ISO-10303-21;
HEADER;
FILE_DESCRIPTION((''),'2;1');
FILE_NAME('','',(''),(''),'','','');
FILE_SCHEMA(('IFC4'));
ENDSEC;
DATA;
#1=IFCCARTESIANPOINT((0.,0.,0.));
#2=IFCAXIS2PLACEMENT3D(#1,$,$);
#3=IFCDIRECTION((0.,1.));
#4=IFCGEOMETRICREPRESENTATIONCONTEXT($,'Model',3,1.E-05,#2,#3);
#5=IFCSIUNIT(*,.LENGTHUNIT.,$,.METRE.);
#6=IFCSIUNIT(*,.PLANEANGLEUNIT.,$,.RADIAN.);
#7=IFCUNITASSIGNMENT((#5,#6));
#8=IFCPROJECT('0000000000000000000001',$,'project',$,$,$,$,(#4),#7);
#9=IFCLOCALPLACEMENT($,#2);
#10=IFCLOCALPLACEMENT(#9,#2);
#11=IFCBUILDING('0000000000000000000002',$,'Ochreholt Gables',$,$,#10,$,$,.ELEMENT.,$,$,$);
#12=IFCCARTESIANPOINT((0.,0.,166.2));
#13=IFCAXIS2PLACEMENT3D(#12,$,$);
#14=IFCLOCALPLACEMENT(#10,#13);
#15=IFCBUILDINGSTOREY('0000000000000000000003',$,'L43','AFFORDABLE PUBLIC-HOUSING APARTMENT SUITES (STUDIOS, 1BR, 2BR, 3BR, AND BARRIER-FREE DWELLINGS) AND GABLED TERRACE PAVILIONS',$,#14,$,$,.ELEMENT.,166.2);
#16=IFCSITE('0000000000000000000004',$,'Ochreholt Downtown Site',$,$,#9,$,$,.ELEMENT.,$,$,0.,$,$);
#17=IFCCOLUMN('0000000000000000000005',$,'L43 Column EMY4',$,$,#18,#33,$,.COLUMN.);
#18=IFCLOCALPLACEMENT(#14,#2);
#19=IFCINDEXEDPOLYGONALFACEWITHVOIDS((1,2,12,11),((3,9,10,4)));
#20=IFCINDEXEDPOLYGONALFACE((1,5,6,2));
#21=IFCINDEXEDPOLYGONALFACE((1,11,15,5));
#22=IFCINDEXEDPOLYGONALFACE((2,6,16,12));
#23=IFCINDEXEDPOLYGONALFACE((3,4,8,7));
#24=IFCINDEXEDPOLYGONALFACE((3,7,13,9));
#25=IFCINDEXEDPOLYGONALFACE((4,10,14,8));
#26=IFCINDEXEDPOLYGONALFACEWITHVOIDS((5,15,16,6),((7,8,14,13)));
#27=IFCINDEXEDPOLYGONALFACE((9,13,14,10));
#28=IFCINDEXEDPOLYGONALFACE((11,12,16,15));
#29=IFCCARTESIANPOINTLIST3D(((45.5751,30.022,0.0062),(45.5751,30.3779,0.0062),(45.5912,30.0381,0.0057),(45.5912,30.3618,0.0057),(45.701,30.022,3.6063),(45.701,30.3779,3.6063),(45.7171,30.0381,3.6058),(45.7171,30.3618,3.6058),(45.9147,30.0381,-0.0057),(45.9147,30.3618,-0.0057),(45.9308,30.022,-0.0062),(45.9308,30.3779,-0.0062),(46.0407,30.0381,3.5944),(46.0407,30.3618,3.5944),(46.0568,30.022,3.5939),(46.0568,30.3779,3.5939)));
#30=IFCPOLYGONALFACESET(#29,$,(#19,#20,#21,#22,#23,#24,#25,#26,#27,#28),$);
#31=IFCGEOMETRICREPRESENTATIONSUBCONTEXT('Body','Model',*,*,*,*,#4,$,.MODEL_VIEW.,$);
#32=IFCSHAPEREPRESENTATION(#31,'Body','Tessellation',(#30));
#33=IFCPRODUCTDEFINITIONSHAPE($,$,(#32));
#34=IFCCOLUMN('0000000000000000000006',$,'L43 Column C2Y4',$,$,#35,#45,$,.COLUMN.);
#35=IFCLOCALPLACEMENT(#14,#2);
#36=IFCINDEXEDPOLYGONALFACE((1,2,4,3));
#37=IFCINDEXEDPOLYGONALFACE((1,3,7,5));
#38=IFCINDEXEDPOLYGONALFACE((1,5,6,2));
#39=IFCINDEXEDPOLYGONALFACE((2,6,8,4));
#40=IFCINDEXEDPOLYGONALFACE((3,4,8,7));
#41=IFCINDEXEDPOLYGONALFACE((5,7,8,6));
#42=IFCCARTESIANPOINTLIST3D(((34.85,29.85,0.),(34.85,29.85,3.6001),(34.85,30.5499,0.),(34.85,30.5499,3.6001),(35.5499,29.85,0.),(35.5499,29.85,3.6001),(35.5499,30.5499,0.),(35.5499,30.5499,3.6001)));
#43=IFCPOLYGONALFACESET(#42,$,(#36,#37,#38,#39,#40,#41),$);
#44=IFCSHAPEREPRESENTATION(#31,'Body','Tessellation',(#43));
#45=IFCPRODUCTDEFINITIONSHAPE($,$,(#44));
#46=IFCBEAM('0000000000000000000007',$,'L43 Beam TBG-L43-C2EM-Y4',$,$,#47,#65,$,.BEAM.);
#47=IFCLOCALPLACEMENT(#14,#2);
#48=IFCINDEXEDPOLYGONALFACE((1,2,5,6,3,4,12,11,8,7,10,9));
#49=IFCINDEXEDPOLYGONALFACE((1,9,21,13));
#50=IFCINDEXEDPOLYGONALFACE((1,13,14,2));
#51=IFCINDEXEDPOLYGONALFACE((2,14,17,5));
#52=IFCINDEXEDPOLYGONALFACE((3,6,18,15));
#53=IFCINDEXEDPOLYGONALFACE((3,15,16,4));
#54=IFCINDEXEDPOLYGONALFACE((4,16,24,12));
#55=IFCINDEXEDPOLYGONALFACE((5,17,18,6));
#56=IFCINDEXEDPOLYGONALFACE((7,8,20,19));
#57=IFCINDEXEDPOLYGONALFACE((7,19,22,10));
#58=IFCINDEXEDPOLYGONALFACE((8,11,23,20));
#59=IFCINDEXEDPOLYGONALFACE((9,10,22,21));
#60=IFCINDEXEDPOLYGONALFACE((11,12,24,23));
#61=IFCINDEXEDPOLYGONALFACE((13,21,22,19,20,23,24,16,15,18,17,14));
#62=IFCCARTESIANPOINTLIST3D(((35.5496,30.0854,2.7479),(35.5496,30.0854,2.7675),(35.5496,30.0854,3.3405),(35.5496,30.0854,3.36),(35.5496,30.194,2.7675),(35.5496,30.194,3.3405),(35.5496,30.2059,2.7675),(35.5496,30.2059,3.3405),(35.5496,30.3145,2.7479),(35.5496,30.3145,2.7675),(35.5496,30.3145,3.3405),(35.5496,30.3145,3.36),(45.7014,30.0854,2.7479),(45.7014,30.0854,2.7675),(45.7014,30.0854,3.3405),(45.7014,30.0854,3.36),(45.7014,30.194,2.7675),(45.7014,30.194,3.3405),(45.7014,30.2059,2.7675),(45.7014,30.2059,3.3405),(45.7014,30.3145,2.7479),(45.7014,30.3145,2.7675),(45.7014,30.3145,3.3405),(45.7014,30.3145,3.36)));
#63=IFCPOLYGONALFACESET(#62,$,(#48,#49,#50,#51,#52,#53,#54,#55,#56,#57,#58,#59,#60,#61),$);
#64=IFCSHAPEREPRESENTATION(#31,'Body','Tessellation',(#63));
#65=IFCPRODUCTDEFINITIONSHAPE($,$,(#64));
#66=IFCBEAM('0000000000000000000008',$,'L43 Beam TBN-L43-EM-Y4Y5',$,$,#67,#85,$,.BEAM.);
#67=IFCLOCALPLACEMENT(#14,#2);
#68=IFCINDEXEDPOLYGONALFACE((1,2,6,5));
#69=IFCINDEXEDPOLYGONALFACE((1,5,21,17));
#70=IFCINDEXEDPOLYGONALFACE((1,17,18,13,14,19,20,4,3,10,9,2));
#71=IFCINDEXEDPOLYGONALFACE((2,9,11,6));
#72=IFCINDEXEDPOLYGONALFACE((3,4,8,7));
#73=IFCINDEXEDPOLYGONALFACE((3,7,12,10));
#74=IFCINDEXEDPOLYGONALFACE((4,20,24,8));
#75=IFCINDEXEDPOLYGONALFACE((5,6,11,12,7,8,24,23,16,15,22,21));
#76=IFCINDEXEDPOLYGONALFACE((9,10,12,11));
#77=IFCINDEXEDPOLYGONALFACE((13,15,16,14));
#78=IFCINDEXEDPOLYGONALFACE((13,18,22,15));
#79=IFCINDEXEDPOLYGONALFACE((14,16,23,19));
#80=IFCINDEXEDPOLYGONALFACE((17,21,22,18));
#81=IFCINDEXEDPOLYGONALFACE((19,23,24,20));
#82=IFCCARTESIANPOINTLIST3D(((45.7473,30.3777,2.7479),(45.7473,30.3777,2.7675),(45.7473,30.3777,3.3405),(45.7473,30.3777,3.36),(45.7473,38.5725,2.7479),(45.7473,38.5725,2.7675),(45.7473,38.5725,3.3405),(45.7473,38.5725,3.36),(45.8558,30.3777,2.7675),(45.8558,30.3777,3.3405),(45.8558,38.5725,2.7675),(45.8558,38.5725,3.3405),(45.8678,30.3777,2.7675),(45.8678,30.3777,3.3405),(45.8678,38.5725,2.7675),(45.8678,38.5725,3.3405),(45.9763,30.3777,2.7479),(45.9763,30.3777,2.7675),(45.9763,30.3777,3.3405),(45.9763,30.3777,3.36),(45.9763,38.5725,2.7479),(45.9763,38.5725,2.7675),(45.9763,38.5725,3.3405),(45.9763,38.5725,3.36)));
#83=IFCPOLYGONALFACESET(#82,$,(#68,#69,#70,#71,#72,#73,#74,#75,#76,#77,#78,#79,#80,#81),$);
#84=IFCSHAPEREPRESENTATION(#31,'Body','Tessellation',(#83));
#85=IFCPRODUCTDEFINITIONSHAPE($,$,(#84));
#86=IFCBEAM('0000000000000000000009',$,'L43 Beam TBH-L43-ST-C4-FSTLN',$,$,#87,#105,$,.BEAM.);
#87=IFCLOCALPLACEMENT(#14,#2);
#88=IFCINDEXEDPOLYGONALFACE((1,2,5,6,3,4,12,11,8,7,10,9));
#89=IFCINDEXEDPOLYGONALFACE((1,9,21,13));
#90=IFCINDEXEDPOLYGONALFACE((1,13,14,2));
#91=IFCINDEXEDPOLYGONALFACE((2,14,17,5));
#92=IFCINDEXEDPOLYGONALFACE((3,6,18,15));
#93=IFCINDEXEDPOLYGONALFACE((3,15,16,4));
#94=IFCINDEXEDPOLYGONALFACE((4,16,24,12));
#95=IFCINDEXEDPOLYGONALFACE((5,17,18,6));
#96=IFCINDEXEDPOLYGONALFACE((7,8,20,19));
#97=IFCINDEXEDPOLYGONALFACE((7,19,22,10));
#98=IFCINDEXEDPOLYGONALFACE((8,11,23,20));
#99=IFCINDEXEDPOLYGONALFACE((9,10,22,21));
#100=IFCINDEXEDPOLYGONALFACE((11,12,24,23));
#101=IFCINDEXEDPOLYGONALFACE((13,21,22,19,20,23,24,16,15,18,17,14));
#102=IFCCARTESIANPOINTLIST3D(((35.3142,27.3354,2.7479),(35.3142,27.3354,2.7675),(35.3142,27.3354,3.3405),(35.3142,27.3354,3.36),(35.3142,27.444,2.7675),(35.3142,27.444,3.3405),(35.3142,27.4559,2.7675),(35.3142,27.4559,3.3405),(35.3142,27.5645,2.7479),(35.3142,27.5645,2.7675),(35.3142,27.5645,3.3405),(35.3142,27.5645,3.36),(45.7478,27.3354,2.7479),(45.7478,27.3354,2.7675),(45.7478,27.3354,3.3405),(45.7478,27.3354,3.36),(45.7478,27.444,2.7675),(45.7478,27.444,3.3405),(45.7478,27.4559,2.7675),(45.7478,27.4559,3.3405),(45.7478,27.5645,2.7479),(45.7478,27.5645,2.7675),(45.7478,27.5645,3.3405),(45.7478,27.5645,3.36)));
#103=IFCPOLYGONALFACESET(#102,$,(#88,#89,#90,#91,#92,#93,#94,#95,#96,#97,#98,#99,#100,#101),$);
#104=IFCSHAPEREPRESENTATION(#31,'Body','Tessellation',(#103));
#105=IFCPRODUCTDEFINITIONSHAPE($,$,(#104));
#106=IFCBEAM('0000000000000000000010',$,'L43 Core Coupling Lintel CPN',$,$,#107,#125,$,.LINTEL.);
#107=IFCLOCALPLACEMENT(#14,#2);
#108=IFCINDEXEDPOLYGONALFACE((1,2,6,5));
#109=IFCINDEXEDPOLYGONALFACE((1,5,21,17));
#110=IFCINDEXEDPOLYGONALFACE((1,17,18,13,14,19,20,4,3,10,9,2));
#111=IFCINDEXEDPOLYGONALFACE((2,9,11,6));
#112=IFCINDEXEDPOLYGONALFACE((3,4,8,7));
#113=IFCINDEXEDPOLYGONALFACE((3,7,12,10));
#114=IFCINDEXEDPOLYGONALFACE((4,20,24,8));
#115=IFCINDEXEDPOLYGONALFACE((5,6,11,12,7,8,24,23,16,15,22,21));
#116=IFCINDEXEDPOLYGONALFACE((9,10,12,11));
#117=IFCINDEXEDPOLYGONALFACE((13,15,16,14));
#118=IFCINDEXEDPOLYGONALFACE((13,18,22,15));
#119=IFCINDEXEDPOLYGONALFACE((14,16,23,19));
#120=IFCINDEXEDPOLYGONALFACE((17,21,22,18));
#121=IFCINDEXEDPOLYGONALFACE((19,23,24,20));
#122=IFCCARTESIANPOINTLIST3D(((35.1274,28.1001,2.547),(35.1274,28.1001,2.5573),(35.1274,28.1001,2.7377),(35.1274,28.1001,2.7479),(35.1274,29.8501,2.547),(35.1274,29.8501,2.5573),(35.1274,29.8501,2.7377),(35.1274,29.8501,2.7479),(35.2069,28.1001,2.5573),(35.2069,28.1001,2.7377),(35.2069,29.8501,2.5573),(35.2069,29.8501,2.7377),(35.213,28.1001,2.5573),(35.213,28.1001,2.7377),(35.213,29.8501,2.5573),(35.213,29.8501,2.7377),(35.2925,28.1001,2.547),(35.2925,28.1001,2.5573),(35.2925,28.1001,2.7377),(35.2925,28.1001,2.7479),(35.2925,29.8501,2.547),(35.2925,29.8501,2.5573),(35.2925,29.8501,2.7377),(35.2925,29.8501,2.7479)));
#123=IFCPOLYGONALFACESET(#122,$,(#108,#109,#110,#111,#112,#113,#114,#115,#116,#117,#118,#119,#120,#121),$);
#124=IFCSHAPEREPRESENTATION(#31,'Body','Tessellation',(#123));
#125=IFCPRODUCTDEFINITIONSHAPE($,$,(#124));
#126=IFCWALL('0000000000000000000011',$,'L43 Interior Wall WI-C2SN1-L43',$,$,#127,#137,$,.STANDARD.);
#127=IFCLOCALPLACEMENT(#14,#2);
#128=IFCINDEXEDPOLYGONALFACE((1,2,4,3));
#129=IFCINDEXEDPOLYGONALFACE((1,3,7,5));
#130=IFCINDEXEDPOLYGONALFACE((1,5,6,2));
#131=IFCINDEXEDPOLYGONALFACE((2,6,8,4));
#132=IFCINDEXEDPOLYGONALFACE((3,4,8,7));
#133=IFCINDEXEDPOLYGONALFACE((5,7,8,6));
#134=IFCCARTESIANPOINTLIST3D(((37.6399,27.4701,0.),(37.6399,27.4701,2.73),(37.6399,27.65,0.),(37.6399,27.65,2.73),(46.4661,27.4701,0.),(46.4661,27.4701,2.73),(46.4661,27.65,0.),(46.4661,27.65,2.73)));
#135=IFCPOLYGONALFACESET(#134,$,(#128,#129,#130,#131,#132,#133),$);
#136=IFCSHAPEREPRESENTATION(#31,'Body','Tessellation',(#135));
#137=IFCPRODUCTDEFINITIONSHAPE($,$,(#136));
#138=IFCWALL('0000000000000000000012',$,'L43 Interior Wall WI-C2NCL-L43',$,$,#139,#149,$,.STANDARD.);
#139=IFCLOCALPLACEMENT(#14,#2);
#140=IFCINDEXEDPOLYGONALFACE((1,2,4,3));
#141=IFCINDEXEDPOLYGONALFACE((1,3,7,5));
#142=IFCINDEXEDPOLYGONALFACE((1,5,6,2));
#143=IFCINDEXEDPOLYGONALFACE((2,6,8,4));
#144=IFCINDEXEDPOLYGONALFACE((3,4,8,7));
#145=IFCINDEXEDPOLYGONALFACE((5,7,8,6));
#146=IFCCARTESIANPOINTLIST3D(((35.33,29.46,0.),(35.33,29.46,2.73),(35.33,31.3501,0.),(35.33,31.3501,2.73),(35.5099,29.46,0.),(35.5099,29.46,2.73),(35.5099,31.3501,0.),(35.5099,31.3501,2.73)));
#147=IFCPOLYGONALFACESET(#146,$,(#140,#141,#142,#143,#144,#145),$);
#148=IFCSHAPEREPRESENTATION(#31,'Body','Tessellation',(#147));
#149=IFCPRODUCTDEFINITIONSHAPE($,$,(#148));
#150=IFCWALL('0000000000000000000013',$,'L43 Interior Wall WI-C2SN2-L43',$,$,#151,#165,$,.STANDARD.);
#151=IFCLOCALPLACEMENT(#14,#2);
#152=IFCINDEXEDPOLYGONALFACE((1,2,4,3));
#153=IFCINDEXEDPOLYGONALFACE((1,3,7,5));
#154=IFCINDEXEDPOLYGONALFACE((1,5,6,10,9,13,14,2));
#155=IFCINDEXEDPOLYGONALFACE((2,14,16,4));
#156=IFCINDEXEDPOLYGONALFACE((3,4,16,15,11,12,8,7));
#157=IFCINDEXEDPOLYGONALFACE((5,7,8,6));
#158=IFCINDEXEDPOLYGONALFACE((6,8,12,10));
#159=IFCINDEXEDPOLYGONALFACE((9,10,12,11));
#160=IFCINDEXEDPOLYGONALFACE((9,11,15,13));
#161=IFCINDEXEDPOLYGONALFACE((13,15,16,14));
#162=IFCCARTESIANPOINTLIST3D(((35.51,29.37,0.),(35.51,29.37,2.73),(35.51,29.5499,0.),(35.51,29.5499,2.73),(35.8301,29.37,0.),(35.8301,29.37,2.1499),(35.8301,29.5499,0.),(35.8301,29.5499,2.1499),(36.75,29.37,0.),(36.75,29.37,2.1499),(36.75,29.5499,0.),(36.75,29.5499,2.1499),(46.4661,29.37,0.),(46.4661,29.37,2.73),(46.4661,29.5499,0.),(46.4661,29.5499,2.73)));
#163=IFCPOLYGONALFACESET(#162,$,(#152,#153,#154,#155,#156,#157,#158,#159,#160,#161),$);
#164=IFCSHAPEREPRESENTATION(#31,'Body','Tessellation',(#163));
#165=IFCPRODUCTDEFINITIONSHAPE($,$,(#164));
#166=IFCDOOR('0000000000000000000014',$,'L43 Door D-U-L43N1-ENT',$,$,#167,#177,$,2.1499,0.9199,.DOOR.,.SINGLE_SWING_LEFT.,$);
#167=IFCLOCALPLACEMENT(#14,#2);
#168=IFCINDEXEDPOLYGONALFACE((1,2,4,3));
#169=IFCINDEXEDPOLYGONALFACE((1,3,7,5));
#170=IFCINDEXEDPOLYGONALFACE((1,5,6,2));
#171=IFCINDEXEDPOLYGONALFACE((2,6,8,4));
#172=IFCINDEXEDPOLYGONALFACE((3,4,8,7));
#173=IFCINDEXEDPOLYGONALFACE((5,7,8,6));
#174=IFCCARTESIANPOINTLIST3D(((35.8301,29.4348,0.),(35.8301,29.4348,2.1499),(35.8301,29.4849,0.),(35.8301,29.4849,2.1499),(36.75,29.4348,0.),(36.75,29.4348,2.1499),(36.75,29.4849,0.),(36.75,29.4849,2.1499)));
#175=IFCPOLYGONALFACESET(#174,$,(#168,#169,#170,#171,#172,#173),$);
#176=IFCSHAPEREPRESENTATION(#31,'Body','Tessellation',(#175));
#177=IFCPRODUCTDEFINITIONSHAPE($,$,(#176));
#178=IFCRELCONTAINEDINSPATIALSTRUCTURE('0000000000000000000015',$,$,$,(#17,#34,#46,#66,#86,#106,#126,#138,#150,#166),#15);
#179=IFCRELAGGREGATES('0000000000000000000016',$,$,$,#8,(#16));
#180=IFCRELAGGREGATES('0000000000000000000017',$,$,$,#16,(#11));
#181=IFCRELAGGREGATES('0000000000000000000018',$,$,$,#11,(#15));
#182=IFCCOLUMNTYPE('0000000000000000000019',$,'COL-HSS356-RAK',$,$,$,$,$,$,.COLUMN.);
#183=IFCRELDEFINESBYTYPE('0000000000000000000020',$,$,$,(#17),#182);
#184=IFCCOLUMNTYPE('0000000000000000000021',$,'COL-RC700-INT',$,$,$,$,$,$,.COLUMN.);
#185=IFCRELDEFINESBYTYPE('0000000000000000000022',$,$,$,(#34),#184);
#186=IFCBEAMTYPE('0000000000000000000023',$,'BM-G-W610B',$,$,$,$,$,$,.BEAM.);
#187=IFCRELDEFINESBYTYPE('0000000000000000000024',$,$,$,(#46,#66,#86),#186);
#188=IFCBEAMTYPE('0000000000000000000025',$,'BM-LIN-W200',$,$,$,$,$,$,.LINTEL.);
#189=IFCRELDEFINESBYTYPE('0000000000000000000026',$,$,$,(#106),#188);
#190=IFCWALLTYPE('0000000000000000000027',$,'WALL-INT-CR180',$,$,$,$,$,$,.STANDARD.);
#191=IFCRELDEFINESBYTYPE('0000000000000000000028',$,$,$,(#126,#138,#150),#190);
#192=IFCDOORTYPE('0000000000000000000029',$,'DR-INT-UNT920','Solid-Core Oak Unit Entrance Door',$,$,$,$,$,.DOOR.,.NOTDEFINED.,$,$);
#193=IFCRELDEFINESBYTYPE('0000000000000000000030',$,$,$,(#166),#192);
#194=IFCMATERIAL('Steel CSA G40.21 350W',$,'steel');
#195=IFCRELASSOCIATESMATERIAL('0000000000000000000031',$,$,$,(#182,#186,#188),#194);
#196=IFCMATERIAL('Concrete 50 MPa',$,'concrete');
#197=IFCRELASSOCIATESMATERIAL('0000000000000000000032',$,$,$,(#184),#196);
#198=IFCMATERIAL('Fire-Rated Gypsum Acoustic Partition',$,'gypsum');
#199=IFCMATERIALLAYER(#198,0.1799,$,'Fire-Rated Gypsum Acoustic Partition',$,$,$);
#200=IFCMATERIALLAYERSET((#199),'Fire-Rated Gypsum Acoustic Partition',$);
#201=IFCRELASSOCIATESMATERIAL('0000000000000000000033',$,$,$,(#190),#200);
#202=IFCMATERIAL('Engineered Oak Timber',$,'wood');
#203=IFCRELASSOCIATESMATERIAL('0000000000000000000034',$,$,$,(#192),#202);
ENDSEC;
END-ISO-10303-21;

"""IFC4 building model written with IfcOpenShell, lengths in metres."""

from ifc_helpers import new_model, si_unit, direction, frame, frame_2d, origin, origin_2d, place, context, subcontext, project, spatial, rectangle, hollow_rectangle, i_section, extrude, material, layer, layer_set, material_profile, profile_set, type_object, element, fill, save


model = new_model("IFC4")

# Units and contexts
model_context = context("Model", 3, precision=1e-05, world=origin(), true_north=direction((0.0, 1.0)))
body_context = subcontext(model_context, "Body", "Model", "MODEL_VIEW")
ifc_project = project(units=[si_unit("LENGTHUNIT", "METRE"), si_unit("PLANEANGLEUNIT", "RADIAN")], contexts=[model_context])

# Site, building, storey
site_placement = place(None, origin())
site = spatial("IfcSite", under=ifc_project, at=site_placement, Name="Ochreholt Downtown Site", CompositionType="ELEMENT", RefElevation=0.0)
building_placement = place(site_placement, origin())
building = spatial("IfcBuilding", under=site, at=building_placement, Name="Ochreholt Gables", CompositionType="ELEMENT")
storey_placement = place(building_placement, frame((0.0, 0.0, 166.2)))
storey = spatial("IfcBuildingStorey", under=building, at=storey_placement, Name="L43", Description="AFFORDABLE PUBLIC-HOUSING APARTMENT SUITES (STUDIOS, 1BR, 2BR, 3BR, AND BARRIER-FREE DWELLINGS) AND GABLED TERRACE PAVILIONS", CompositionType="ELEMENT", Elevation=166.2)

# Columns
ifc_material_1 = material(Name="Steel CSA G40.21 350W", Category="steel")
ifc_material_profile_1 = material_profile(ifc_material_1, hollow_rectangle(XDim=0.356, YDim=0.356, WallThickness=0.0161, at=origin_2d()), Name="HSS356X356X16")
ifc_profile_set_1 = profile_set([ifc_material_profile_1], Name="Steel CSA G40.21 350W")
column_type_1 = type_object("IfcColumnType", Name="COL-HSS356-RAK", PredefinedType="COLUMN", material=ifc_profile_set_1)
column_1_placement = place(storey_placement, frame((45.7529, 30.2, 0.0), z_axis=(0.034971, 0.0, 0.999388), x_axis=(0.0, 1.0, 0.0)))
element("IfcColumn", 1, at=column_1_placement, inside=storey, type_object=column_type_1, Name="L43 Column EMY4", PredefinedType="COLUMN", context=body_context, shape_type="SweptSolid", body=[
    extrude(hollow_rectangle(XDim=0.356, YDim=0.356, WallThickness=0.0161, at=origin_2d()), origin(), (0.0, 0.0, 1.0), 3.6023),
])
ifc_material_2 = material(Name="Concrete 50 MPa", Category="concrete")
ifc_material_profile_2 = material_profile(ifc_material_2, rectangle(XDim=0.7, YDim=0.7, at=origin_2d()), Name="RC700X700")
ifc_profile_set_2 = profile_set([ifc_material_profile_2], Name="Concrete 50 MPa")
column_type_2 = type_object("IfcColumnType", Name="COL-RC700-INT", PredefinedType="COLUMN", material=ifc_profile_set_2)
column_2_placement = place(storey_placement, frame((35.2, 30.2, 0.0), z_axis=(0.0, 0.0, 1.0), x_axis=(1.0, 0.0, 0.0)))
element("IfcColumn", 2, at=column_2_placement, inside=storey, type_object=column_type_2, Name="L43 Column C2Y4", PredefinedType="COLUMN", context=body_context, shape_type="SweptSolid", body=[
    extrude(rectangle(XDim=0.7, YDim=0.7, at=origin_2d()), origin(), (0.0, 0.0, 1.0), 3.6001),
])

# Beams
ifc_material_profile_3 = material_profile(ifc_material_1, i_section(OverallWidth=0.229, OverallDepth=0.6121, WebThickness=0.012, FlangeThickness=0.0195, at=origin_2d()), Name="W610X125")
ifc_profile_set_3 = profile_set([ifc_material_profile_3], Name="Steel CSA G40.21 350W")
beam_type_1 = type_object("IfcBeamType", Name="BM-G-W610B", PredefinedType="BEAM", material=ifc_profile_set_3)
beam_1_placement = place(storey_placement, frame((35.5496, 30.2, 3.054), z_axis=(1.0, 0.0, 0.0), x_axis=(0.0, 1.0, 0.0)))
element("IfcBeam", 3, at=beam_1_placement, inside=storey, type_object=beam_type_1, Name="L43 Beam TBG-L43-C2EM-Y4", PredefinedType="BEAM", context=body_context, shape_type="SweptSolid", body=[
    extrude(i_section(OverallWidth=0.229, OverallDepth=0.6121, WebThickness=0.012, FlangeThickness=0.0195, at=origin_2d()), origin(), (0.0, 0.0, 1.0), 10.1519),
])
beam_2_placement = place(storey_placement, frame((45.8618, 30.3777, 3.054), z_axis=(0.0, 1.0, 0.0), x_axis=(-1.0, 0.0, 0.0)))
element("IfcBeam", 4, at=beam_2_placement, inside=storey, type_object=beam_type_1, Name="L43 Beam TBN-L43-EM-Y4Y5", PredefinedType="BEAM", context=body_context, shape_type="SweptSolid", body=[
    extrude(i_section(OverallWidth=0.229, OverallDepth=0.6121, WebThickness=0.012, FlangeThickness=0.0195, at=origin_2d()), origin(), (0.0, 0.0, 1.0), 8.1948),
])
beam_3_placement = place(storey_placement, frame((35.3142, 27.45, 3.054), z_axis=(1.0, 0.0, 0.0), x_axis=(0.0, 1.0, 0.0)))
element("IfcBeam", 5, at=beam_3_placement, inside=storey, type_object=beam_type_1, Name="L43 Beam TBH-L43-ST-C4-FSTLN", PredefinedType="BEAM", context=body_context, shape_type="SweptSolid", body=[
    extrude(i_section(OverallWidth=0.229, OverallDepth=0.6121, WebThickness=0.012, FlangeThickness=0.0195, at=origin_2d()), origin(), (0.0, 0.0, 1.0), 10.4336),
])
ifc_material_profile_4 = material_profile(ifc_material_1, i_section(OverallWidth=0.165, OverallDepth=0.2009, WebThickness=0.0061, FlangeThickness=0.0103, at=origin_2d()), Name="W200X36")
ifc_profile_set_4 = profile_set([ifc_material_profile_4], Name="Steel CSA G40.21 350W")
beam_type_2 = type_object("IfcBeamType", Name="BM-LIN-W200", PredefinedType="LINTEL", material=ifc_profile_set_4)
beam_4_placement = place(storey_placement, frame((35.21, 28.1001, 2.6475), z_axis=(0.0, 1.0, 0.0), x_axis=(-1.0, 0.0, 0.0)))
element("IfcBeam", 6, at=beam_4_placement, inside=storey, type_object=beam_type_2, Name="L43 Core Coupling Lintel CPN", PredefinedType="LINTEL", context=body_context, shape_type="SweptSolid", body=[
    extrude(i_section(OverallWidth=0.165, OverallDepth=0.2009, WebThickness=0.0061, FlangeThickness=0.0103, at=origin_2d()), origin(), (0.0, 0.0, 1.0), 1.75),
])

# Walls
ifc_material_3 = material(Name="Fire-Rated Gypsum Acoustic Partition", Category="gypsum")
ifc_layer_1 = layer(ifc_material_3, 0.1799, Name="Fire-Rated Gypsum Acoustic Partition")
ifc_layer_set_1 = layer_set([ifc_layer_1], Name="Fire-Rated Gypsum Acoustic Partition")
wall_type_1 = type_object("IfcWallType", Name="WALL-INT-CR180", PredefinedType="STANDARD", material=ifc_layer_set_1)
wall_1_placement = place(storey_placement, frame((37.6399, 27.5601, 0.0), z_axis=(0.0, 0.0, 1.0), x_axis=(1.0, 0.0, 0.0)))
element("IfcWall", 7, at=wall_1_placement, inside=storey, type_object=wall_type_1, Name="L43 Interior Wall WI-C2SN1-L43", PredefinedType="STANDARD", context=body_context, shape_type="SweptSolid", body=[
    extrude(rectangle(XDim=8.8262, YDim=0.1799, at=frame_2d((4.4131, 0.0))), origin(), (0.0, 0.0, 1.0), 2.73),
])
wall_2_placement = place(storey_placement, frame((35.4199, 29.46, 0.0), z_axis=(0.0, 0.0, 1.0), x_axis=(0.0, 1.0, 0.0)))
element("IfcWall", 8, at=wall_2_placement, inside=storey, type_object=wall_type_1, Name="L43 Interior Wall WI-C2NCL-L43", PredefinedType="STANDARD", context=body_context, shape_type="SweptSolid", body=[
    extrude(rectangle(XDim=1.8901, YDim=0.1799, at=frame_2d((0.9451, 0.0))), origin(), (0.0, 0.0, 1.0), 2.73),
])

# Wall, opening, door
wall_3_placement = place(storey_placement, frame((35.51, 29.46, 0.0), z_axis=(0.0, 0.0, 1.0), x_axis=(1.0, 0.0, 0.0)))
wall_3 = element("IfcWall", 9, at=wall_3_placement, inside=storey, type_object=wall_type_1, Name="L43 Interior Wall WI-C2SN2-L43", PredefinedType="STANDARD", context=body_context, shape_type="SweptSolid", body=[
    extrude(rectangle(XDim=10.9561, YDim=0.1799, at=frame_2d((5.478, 0.0))), origin(), (0.0, 0.0, 1.0), 2.73),
])
opening_1_placement = place(wall_3_placement, frame((0.3201, 0.0, 0.0)))
opening_1 = element("IfcOpeningElement", 10, at=opening_1_placement, cuts=wall_3, PredefinedType="OPENING", context=body_context, shape_type="SweptSolid", body=[
    extrude(rectangle(XDim=0.9199, YDim=2.1499, at=frame_2d((0.46, 1.075))), frame((0.0, 0.0999, 0.0), z_axis=(0.0, -1.0, 0.0), x_axis=(1.0, 0.0, 0.0)), (0.0, 0.0, 1.0), 0.2),
])
ifc_material_4 = material(Name="Engineered Oak Timber", Category="wood")
door_type_1 = type_object("IfcDoorType", Name="DR-INT-UNT920", Description="Solid-Core Oak Unit Entrance Door", OperationType="NOTDEFINED", PredefinedType="DOOR", material=ifc_material_4)
door_1_placement = place(opening_1_placement, origin())
door_1 = element("IfcDoor", 11, at=door_1_placement, inside=storey, type_object=door_type_1, Name="L43 Door D-U-L43N1-ENT", OperationType="SINGLE_SWING_LEFT", OverallHeight=2.1499, OverallWidth=0.9199, PredefinedType="DOOR", context=body_context, shape_type="SweptSolid", body=[
    extrude(rectangle(XDim=0.9199, YDim=2.1499, at=frame_2d((0.46, 1.075))), frame((0.0, 0.0249, 0.0), z_axis=(0.0, -1.0, 0.0), x_axis=(1.0, 0.0, 0.0)), (0.0, 0.0, 1.0), 0.05),
])
fill(opening_1, door_1)

save(model, "model.ifc")
